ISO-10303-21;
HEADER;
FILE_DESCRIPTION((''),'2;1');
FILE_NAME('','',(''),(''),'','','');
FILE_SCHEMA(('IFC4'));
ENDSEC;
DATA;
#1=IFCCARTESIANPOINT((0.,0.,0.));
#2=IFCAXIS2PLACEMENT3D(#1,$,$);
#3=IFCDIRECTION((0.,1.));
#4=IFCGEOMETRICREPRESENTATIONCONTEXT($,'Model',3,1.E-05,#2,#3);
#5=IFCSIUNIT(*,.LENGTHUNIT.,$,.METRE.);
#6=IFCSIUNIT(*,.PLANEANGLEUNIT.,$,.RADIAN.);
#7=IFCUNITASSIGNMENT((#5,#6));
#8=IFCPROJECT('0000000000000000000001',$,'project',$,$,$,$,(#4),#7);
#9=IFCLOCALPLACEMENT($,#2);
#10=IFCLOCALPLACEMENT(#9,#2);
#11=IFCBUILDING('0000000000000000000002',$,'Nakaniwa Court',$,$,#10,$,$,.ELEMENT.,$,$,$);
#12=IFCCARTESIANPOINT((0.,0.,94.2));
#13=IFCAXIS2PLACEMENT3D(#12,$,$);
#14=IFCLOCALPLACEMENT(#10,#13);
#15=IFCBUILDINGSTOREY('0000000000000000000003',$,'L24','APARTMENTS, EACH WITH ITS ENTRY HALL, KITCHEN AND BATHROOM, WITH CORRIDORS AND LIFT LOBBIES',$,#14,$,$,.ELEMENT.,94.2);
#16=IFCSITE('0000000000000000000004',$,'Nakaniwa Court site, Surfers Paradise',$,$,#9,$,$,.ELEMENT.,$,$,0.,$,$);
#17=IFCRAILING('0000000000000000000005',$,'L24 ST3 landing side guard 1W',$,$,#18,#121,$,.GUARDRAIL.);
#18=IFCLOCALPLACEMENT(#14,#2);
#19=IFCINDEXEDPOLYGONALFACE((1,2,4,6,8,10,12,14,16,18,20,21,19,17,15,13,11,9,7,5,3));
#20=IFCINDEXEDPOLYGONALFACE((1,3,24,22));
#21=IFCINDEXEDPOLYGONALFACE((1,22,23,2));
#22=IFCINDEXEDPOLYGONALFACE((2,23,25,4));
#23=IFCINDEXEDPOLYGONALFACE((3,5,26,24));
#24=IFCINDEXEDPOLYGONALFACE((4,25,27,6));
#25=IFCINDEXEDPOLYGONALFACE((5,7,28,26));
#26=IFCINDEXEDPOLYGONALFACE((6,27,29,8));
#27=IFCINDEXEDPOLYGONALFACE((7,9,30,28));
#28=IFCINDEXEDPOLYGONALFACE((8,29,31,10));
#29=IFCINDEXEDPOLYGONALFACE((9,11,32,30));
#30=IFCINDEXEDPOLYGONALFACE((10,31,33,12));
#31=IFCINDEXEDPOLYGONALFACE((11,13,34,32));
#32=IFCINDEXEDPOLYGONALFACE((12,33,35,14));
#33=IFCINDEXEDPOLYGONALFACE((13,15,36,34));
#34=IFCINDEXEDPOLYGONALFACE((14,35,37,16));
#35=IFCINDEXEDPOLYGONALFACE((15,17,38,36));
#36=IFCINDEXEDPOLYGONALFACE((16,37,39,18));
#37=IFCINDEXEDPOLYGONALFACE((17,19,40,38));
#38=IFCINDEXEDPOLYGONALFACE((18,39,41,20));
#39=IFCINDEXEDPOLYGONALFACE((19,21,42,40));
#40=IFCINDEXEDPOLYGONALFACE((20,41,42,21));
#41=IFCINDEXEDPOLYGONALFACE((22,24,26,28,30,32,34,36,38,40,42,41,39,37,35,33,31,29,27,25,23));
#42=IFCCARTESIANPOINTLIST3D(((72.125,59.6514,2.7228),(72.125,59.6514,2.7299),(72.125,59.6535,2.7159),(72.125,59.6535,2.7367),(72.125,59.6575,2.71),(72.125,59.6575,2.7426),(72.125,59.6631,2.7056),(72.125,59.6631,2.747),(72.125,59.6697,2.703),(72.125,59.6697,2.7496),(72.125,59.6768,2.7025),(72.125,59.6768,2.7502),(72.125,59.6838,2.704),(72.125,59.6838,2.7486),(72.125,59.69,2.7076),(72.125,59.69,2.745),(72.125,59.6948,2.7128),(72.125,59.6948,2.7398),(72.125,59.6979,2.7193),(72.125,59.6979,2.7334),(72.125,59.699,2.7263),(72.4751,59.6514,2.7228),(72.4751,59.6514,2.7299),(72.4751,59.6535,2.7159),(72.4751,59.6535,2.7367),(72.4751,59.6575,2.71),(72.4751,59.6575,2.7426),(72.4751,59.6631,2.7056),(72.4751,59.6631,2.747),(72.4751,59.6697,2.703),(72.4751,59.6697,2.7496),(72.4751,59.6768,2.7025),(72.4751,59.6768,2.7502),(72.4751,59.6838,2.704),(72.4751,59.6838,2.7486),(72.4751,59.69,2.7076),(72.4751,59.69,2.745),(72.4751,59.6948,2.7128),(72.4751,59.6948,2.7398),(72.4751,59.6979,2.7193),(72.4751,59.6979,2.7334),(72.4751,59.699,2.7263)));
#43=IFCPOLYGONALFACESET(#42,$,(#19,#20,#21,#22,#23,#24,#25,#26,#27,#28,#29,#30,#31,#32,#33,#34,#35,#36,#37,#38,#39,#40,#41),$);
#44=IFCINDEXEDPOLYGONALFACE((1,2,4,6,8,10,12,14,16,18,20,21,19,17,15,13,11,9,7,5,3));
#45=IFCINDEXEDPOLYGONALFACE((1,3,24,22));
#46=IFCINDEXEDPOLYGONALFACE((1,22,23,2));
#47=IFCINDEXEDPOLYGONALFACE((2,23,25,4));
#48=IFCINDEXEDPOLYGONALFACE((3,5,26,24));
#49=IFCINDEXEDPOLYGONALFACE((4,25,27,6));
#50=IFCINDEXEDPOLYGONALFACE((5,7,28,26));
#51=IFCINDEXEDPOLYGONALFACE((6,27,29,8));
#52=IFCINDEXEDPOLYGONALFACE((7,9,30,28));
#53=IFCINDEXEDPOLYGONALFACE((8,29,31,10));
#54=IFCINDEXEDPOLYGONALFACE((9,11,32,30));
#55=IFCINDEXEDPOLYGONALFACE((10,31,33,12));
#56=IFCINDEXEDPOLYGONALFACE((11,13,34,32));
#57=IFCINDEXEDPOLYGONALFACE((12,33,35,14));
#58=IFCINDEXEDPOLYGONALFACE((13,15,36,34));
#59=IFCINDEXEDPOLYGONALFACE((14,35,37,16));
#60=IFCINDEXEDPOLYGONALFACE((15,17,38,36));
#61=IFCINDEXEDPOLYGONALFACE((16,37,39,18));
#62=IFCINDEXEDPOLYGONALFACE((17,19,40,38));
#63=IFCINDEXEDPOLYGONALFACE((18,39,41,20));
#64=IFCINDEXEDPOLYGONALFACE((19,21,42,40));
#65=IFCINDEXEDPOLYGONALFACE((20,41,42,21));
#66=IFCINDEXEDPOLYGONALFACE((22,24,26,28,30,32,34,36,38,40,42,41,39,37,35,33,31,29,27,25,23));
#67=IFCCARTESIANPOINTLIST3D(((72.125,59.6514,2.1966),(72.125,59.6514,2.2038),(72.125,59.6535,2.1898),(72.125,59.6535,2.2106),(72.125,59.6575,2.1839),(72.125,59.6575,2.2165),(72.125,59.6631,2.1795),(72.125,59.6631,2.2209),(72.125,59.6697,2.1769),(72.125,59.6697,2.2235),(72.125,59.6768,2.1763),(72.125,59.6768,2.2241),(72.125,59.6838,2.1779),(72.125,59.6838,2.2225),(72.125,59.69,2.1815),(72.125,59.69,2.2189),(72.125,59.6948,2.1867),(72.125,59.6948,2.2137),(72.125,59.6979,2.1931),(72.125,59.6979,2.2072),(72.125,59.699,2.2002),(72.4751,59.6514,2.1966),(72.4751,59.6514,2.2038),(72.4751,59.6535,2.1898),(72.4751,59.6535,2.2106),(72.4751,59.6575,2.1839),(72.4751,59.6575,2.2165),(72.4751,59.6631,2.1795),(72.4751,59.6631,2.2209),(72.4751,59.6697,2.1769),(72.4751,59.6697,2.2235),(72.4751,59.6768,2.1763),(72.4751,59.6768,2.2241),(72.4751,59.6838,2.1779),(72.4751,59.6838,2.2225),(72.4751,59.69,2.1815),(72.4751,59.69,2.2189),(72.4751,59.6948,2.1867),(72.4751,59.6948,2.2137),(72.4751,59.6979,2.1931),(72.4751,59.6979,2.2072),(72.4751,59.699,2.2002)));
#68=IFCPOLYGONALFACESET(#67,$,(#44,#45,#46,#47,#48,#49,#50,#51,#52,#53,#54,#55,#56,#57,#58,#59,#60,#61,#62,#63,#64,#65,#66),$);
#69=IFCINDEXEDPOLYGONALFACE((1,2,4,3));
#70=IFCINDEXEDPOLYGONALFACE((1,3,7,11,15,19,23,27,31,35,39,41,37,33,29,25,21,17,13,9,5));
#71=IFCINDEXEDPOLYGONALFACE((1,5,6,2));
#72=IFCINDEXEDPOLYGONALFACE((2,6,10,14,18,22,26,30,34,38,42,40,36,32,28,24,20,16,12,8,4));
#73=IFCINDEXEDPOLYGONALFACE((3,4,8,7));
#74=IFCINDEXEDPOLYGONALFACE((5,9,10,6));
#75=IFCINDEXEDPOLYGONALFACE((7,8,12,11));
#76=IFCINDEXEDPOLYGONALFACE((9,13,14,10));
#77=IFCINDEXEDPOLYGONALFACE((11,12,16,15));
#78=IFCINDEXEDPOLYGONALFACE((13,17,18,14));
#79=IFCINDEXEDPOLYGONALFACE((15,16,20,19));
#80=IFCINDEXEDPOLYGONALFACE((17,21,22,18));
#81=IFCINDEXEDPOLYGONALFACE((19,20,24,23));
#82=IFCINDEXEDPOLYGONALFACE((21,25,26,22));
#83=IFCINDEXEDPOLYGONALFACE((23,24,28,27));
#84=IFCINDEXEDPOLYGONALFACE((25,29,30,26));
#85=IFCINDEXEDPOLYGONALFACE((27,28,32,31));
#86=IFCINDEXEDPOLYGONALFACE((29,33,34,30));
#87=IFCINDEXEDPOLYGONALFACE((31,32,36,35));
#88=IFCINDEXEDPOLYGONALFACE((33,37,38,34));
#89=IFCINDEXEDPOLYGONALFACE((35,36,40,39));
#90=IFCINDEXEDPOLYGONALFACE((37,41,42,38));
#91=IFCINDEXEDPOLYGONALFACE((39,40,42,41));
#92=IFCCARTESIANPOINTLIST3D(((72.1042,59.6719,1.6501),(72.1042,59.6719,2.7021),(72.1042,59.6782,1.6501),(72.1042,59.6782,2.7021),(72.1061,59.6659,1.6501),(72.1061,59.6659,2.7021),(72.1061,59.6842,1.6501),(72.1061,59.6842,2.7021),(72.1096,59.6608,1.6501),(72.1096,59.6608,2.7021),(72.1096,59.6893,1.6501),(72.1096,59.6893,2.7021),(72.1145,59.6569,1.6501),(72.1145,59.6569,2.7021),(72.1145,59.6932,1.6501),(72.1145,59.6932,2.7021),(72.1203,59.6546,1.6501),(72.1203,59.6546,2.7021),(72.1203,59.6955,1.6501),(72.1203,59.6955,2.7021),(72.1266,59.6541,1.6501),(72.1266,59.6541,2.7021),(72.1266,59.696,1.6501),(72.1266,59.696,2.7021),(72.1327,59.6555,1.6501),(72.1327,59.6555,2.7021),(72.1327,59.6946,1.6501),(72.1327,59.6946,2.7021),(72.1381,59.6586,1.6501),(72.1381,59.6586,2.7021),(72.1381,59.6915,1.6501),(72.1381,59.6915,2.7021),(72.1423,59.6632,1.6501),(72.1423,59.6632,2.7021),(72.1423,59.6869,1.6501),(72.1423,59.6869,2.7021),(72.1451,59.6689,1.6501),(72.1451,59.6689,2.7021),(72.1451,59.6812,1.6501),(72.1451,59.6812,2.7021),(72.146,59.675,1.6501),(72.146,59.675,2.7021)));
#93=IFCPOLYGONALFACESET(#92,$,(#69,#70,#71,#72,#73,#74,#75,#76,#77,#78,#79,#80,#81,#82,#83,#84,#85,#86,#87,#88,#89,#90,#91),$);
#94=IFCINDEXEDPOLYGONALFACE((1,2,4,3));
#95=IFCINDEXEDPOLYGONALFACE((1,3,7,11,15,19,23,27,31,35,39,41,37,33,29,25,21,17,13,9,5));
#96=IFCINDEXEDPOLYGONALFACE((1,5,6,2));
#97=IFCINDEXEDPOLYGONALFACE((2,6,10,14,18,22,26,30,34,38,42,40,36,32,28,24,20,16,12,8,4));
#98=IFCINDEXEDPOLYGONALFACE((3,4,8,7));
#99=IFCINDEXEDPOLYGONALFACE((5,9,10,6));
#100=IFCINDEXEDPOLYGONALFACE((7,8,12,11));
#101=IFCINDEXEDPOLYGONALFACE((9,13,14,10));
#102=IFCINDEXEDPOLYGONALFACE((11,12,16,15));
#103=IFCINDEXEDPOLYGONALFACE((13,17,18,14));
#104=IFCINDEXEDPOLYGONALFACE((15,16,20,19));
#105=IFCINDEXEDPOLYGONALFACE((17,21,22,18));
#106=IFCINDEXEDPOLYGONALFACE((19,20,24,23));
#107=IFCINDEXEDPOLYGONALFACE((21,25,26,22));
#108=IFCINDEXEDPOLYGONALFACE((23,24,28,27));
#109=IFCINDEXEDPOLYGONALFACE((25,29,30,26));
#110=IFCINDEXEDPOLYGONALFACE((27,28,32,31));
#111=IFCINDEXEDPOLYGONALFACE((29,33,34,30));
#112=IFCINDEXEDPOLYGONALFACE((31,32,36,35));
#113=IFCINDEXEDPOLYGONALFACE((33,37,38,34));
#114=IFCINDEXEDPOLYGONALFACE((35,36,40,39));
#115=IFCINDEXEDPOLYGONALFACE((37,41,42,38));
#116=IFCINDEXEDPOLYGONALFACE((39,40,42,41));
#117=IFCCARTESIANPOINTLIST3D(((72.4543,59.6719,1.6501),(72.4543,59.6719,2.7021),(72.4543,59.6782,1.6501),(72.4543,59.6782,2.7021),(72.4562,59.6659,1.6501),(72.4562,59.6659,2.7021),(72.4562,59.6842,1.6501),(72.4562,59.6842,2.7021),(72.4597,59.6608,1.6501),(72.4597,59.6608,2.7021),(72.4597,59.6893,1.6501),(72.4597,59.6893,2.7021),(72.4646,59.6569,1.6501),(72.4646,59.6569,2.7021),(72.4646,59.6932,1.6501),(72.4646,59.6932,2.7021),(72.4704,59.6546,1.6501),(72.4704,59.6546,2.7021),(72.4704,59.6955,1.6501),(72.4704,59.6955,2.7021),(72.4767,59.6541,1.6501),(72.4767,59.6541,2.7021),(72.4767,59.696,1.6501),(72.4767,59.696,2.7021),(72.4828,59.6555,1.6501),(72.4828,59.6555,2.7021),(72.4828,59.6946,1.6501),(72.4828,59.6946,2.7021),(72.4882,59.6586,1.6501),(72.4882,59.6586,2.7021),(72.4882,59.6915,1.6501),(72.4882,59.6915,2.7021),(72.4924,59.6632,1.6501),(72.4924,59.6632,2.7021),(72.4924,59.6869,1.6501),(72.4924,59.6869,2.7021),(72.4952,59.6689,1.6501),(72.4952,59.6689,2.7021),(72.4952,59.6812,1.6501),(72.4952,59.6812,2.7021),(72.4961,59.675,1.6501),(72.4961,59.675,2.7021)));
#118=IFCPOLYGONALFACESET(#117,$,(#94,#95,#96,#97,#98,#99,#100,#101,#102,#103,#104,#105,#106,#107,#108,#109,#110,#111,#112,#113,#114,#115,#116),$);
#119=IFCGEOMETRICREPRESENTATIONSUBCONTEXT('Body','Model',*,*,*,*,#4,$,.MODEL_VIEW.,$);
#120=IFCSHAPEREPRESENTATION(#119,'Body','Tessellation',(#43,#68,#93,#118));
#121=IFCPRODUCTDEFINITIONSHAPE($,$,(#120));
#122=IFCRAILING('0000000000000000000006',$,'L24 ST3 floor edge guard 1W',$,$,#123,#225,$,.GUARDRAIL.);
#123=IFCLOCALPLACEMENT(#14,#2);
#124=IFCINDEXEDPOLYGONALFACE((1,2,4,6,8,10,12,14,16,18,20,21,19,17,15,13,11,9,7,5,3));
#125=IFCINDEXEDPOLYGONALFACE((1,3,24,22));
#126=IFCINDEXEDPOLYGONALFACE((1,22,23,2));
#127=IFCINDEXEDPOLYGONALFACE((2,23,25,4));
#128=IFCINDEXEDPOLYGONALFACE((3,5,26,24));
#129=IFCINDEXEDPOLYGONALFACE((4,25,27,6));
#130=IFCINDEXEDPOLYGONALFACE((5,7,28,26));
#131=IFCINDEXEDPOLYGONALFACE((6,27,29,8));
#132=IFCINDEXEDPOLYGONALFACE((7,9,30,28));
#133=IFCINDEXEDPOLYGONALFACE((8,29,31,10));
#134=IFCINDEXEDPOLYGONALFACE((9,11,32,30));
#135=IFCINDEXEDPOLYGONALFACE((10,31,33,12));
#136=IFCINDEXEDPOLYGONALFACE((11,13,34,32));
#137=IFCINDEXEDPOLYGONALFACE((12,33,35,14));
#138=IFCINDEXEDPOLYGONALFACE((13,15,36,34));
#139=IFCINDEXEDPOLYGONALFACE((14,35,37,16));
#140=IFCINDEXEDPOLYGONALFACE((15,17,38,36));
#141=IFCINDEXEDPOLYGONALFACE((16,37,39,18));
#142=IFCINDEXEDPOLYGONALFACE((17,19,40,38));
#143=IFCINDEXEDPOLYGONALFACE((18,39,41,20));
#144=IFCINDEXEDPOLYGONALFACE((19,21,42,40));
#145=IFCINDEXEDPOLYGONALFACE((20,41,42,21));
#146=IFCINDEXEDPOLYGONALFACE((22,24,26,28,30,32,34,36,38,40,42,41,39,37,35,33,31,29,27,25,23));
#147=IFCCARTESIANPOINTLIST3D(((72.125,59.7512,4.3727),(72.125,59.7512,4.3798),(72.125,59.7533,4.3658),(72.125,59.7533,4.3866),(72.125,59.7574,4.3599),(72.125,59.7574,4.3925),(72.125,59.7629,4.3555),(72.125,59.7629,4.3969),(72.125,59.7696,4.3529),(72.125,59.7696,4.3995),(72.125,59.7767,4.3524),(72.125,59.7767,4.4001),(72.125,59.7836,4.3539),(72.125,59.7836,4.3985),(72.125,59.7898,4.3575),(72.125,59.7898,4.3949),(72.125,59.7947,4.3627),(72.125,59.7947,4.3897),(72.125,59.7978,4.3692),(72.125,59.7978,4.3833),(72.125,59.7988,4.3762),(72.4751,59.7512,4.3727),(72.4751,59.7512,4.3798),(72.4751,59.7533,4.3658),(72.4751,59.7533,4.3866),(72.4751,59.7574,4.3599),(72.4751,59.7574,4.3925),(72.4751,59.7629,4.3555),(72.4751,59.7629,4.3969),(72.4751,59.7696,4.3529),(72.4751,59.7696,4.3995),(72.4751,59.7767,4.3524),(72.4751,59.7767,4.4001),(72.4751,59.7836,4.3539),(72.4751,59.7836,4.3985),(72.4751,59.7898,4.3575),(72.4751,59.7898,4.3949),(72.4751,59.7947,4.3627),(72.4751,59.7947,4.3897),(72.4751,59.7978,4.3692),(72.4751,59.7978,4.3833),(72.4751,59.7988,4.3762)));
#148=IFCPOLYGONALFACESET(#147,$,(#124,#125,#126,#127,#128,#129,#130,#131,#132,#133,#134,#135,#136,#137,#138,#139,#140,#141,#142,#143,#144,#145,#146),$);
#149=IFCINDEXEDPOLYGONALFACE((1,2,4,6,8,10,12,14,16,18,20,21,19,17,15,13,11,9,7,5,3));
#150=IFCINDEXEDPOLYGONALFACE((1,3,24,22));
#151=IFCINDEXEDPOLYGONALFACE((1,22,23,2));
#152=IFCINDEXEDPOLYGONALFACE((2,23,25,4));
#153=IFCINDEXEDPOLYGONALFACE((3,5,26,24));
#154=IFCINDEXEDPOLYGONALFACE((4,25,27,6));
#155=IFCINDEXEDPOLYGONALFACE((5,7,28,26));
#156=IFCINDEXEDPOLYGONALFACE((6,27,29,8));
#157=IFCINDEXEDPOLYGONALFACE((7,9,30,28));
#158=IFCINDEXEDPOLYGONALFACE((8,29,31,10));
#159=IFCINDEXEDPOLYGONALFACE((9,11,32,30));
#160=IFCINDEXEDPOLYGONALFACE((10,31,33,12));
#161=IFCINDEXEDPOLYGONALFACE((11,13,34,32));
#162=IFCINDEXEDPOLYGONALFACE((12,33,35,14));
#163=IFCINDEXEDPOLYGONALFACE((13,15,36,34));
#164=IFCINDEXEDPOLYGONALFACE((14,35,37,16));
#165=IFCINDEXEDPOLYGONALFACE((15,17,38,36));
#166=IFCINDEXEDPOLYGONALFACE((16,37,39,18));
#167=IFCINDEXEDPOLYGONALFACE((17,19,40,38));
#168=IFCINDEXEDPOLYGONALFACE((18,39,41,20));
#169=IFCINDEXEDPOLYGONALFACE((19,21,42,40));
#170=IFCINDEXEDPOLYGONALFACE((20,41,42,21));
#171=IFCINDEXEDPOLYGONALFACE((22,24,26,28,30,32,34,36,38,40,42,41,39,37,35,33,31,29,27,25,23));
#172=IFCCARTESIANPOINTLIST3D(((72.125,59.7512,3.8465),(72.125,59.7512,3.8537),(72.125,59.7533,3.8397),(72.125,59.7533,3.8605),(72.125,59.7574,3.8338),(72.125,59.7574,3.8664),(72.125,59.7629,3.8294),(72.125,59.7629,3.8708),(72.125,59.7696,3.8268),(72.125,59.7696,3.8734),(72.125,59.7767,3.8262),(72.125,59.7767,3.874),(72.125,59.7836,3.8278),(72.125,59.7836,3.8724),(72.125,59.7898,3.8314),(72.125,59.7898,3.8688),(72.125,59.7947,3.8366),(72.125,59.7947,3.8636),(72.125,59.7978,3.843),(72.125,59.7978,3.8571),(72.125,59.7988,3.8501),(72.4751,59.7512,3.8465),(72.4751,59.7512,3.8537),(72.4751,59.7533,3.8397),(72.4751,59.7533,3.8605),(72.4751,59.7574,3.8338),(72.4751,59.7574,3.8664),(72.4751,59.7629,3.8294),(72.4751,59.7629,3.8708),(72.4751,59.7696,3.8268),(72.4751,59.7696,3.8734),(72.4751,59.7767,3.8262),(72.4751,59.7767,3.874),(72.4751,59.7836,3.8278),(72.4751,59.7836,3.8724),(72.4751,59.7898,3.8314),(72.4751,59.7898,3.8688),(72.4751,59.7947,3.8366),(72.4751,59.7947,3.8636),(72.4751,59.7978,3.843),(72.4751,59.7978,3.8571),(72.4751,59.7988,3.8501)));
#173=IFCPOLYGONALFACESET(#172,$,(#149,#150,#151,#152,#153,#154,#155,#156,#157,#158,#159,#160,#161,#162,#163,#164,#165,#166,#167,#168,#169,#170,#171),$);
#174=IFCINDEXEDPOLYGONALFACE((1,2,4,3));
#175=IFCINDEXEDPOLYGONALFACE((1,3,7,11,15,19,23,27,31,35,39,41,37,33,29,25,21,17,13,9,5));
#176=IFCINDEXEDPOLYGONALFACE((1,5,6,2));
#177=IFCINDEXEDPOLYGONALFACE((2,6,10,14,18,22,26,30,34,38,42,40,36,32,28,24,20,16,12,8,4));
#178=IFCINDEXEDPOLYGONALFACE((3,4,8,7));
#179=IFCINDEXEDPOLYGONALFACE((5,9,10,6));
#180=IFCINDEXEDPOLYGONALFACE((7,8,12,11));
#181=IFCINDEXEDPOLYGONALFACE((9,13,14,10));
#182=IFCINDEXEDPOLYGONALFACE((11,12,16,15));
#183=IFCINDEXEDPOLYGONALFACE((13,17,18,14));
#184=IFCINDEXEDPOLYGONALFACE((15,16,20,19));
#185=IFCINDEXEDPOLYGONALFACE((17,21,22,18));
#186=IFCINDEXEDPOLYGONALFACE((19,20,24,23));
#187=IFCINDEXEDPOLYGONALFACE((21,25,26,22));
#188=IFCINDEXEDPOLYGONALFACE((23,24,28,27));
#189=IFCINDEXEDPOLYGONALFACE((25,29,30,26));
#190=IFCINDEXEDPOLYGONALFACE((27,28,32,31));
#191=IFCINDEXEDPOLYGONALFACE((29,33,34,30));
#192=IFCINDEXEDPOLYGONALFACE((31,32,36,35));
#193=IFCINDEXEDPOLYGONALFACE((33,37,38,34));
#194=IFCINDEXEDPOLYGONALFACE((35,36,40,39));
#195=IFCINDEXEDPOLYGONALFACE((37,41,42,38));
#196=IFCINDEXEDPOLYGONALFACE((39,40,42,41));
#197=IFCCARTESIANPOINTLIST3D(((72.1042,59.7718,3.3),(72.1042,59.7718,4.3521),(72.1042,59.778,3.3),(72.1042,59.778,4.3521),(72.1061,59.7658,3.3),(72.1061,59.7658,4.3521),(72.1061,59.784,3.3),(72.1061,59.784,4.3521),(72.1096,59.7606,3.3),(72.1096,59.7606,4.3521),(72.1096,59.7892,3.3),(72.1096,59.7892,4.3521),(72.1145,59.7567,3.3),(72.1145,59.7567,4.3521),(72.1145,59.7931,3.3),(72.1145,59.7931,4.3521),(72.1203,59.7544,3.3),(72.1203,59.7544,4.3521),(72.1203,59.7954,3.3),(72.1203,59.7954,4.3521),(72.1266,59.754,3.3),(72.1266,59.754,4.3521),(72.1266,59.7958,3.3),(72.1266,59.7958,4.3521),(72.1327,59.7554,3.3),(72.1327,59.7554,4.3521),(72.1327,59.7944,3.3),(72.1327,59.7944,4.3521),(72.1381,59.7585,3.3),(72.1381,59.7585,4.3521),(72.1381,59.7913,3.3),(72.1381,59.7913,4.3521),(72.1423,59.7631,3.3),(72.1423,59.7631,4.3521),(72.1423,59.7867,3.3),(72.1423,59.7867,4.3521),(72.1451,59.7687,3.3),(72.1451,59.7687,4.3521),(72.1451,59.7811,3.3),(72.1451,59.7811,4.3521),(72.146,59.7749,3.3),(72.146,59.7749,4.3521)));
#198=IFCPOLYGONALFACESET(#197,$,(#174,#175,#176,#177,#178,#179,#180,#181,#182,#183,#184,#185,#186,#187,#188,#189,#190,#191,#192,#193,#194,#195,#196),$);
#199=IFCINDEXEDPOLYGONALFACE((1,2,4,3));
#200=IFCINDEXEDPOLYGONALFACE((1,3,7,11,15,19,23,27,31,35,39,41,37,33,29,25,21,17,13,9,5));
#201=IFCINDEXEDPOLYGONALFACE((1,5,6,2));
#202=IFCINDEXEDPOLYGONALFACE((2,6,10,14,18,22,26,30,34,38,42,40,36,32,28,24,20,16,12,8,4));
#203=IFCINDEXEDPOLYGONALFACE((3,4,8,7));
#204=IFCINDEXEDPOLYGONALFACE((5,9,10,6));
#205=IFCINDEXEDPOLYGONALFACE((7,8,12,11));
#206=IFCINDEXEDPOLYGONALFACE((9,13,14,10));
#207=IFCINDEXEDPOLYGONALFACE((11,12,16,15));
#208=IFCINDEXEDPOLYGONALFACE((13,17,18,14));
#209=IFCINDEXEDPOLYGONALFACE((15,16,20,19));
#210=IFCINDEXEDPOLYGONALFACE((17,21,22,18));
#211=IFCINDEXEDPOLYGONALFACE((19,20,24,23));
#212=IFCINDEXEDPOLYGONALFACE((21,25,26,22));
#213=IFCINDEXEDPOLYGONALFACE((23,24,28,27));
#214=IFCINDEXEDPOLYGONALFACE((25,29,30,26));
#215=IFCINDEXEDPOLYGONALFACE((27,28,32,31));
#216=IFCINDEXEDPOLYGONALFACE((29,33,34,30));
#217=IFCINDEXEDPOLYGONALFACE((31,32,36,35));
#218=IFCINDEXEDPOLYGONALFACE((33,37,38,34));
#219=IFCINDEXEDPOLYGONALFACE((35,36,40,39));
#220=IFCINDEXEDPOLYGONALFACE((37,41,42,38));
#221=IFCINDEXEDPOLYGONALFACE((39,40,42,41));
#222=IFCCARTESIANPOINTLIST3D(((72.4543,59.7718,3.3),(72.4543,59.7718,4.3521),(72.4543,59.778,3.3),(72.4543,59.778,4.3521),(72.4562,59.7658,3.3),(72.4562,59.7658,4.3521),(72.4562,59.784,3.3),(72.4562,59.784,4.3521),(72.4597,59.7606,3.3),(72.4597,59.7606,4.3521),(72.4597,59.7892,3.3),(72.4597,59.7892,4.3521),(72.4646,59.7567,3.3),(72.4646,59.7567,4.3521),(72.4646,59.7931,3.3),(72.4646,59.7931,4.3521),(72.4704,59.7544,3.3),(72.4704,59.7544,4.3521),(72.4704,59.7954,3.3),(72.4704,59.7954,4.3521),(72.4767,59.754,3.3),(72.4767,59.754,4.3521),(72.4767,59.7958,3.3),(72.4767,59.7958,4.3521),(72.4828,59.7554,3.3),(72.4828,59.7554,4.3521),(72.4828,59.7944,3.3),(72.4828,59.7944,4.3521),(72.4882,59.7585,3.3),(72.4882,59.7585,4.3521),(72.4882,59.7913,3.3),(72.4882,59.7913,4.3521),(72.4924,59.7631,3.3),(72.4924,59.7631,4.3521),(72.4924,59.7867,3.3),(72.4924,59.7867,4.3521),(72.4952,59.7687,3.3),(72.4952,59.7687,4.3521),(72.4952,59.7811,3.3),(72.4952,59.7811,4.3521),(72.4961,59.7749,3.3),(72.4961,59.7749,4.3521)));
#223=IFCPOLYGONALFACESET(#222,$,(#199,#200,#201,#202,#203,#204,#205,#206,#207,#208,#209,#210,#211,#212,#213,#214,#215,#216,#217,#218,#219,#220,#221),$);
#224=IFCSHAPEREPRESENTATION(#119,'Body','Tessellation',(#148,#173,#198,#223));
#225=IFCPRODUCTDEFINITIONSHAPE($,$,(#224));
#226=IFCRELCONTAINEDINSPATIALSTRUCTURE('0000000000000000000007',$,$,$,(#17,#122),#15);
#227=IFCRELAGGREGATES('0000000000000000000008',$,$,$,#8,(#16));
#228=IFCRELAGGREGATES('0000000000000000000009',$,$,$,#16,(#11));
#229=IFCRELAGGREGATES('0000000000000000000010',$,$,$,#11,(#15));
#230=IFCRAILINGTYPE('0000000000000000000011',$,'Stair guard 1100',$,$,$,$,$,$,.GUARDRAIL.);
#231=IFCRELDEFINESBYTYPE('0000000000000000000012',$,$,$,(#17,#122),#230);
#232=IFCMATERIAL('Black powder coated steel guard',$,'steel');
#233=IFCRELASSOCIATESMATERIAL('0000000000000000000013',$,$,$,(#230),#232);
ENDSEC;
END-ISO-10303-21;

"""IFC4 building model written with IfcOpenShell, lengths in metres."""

from ifc_helpers import new_model, si_unit, direction, frame, origin, origin_2d, place, context, subcontext, project, spatial, circle, extrude, material, type_object, element, save


model = new_model("IFC4")

# Units and contexts
model_context = context("Model", 3, precision=1e-05, world=origin(), true_north=direction((0.0, 1.0)))
body_context = subcontext(model_context, "Body", "Model", "MODEL_VIEW")
ifc_project = project(units=[si_unit("LENGTHUNIT", "METRE"), si_unit("PLANEANGLEUNIT", "RADIAN")], contexts=[model_context])

# Site, building, storey
site_placement = place(None, origin())
site = spatial("IfcSite", under=ifc_project, at=site_placement, Name="Nakaniwa Court site, Surfers Paradise", CompositionType="ELEMENT", RefElevation=0.0)
building_placement = place(site_placement, origin())
building = spatial("IfcBuilding", under=site, at=building_placement, Name="Nakaniwa Court", CompositionType="ELEMENT")
storey_placement = place(building_placement, frame((0.0, 0.0, 94.2)))
storey = spatial("IfcBuildingStorey", under=building, at=storey_placement, Name="L24", Description="APARTMENTS, EACH WITH ITS ENTRY HALL, KITCHEN AND BATHROOM, WITH CORRIDORS AND LIFT LOBBIES", CompositionType="ELEMENT", Elevation=94.2)

# Railings
ifc_material_1 = material(Name="Black powder coated steel guard", Category="steel")
railing_type_1 = type_object("IfcRailingType", Name="Stair guard 1100", PredefinedType="GUARDRAIL", material=ifc_material_1)
for number, where, name in (
    (1, (72.125, 59.675, 1.6501), "L24 ST3 landing side guard 1W"),
    (2, (72.125, 59.7749, 3.3), "L24 ST3 floor edge guard 1W"),
):
    element("IfcRailing", number, at=place(storey_placement, frame(where)), inside=storey, type_object=railing_type_1, Name=name, PredefinedType="GUARDRAIL", context=body_context, shape_type="SweptSolid", body=[
        extrude(circle(Radius=0.0239, at=origin_2d()), frame((0.0, 0.0, 1.0762), z_axis=(1.0, 0.0, 0.0), x_axis=(0.0, 1.0, 0.0)), (0.0, 0.0, 1.0), 0.3501),
        extrude(circle(Radius=0.0239, at=origin_2d()), frame((0.0, 0.0, 0.55), z_axis=(1.0, 0.0, 0.0), x_axis=(0.0, 1.0, 0.0)), (0.0, 0.0, 1.0), 0.3501),
        extrude(circle(Radius=0.021, at=origin_2d()), origin(), (0.0, 0.0, 1.0), 1.052),
        extrude(circle(Radius=0.021, at=origin_2d()), frame((0.3501, 0.0, 0.0)), (0.0, 0.0, 1.0), 1.052),
    ])

save(model, "model.ifc")
